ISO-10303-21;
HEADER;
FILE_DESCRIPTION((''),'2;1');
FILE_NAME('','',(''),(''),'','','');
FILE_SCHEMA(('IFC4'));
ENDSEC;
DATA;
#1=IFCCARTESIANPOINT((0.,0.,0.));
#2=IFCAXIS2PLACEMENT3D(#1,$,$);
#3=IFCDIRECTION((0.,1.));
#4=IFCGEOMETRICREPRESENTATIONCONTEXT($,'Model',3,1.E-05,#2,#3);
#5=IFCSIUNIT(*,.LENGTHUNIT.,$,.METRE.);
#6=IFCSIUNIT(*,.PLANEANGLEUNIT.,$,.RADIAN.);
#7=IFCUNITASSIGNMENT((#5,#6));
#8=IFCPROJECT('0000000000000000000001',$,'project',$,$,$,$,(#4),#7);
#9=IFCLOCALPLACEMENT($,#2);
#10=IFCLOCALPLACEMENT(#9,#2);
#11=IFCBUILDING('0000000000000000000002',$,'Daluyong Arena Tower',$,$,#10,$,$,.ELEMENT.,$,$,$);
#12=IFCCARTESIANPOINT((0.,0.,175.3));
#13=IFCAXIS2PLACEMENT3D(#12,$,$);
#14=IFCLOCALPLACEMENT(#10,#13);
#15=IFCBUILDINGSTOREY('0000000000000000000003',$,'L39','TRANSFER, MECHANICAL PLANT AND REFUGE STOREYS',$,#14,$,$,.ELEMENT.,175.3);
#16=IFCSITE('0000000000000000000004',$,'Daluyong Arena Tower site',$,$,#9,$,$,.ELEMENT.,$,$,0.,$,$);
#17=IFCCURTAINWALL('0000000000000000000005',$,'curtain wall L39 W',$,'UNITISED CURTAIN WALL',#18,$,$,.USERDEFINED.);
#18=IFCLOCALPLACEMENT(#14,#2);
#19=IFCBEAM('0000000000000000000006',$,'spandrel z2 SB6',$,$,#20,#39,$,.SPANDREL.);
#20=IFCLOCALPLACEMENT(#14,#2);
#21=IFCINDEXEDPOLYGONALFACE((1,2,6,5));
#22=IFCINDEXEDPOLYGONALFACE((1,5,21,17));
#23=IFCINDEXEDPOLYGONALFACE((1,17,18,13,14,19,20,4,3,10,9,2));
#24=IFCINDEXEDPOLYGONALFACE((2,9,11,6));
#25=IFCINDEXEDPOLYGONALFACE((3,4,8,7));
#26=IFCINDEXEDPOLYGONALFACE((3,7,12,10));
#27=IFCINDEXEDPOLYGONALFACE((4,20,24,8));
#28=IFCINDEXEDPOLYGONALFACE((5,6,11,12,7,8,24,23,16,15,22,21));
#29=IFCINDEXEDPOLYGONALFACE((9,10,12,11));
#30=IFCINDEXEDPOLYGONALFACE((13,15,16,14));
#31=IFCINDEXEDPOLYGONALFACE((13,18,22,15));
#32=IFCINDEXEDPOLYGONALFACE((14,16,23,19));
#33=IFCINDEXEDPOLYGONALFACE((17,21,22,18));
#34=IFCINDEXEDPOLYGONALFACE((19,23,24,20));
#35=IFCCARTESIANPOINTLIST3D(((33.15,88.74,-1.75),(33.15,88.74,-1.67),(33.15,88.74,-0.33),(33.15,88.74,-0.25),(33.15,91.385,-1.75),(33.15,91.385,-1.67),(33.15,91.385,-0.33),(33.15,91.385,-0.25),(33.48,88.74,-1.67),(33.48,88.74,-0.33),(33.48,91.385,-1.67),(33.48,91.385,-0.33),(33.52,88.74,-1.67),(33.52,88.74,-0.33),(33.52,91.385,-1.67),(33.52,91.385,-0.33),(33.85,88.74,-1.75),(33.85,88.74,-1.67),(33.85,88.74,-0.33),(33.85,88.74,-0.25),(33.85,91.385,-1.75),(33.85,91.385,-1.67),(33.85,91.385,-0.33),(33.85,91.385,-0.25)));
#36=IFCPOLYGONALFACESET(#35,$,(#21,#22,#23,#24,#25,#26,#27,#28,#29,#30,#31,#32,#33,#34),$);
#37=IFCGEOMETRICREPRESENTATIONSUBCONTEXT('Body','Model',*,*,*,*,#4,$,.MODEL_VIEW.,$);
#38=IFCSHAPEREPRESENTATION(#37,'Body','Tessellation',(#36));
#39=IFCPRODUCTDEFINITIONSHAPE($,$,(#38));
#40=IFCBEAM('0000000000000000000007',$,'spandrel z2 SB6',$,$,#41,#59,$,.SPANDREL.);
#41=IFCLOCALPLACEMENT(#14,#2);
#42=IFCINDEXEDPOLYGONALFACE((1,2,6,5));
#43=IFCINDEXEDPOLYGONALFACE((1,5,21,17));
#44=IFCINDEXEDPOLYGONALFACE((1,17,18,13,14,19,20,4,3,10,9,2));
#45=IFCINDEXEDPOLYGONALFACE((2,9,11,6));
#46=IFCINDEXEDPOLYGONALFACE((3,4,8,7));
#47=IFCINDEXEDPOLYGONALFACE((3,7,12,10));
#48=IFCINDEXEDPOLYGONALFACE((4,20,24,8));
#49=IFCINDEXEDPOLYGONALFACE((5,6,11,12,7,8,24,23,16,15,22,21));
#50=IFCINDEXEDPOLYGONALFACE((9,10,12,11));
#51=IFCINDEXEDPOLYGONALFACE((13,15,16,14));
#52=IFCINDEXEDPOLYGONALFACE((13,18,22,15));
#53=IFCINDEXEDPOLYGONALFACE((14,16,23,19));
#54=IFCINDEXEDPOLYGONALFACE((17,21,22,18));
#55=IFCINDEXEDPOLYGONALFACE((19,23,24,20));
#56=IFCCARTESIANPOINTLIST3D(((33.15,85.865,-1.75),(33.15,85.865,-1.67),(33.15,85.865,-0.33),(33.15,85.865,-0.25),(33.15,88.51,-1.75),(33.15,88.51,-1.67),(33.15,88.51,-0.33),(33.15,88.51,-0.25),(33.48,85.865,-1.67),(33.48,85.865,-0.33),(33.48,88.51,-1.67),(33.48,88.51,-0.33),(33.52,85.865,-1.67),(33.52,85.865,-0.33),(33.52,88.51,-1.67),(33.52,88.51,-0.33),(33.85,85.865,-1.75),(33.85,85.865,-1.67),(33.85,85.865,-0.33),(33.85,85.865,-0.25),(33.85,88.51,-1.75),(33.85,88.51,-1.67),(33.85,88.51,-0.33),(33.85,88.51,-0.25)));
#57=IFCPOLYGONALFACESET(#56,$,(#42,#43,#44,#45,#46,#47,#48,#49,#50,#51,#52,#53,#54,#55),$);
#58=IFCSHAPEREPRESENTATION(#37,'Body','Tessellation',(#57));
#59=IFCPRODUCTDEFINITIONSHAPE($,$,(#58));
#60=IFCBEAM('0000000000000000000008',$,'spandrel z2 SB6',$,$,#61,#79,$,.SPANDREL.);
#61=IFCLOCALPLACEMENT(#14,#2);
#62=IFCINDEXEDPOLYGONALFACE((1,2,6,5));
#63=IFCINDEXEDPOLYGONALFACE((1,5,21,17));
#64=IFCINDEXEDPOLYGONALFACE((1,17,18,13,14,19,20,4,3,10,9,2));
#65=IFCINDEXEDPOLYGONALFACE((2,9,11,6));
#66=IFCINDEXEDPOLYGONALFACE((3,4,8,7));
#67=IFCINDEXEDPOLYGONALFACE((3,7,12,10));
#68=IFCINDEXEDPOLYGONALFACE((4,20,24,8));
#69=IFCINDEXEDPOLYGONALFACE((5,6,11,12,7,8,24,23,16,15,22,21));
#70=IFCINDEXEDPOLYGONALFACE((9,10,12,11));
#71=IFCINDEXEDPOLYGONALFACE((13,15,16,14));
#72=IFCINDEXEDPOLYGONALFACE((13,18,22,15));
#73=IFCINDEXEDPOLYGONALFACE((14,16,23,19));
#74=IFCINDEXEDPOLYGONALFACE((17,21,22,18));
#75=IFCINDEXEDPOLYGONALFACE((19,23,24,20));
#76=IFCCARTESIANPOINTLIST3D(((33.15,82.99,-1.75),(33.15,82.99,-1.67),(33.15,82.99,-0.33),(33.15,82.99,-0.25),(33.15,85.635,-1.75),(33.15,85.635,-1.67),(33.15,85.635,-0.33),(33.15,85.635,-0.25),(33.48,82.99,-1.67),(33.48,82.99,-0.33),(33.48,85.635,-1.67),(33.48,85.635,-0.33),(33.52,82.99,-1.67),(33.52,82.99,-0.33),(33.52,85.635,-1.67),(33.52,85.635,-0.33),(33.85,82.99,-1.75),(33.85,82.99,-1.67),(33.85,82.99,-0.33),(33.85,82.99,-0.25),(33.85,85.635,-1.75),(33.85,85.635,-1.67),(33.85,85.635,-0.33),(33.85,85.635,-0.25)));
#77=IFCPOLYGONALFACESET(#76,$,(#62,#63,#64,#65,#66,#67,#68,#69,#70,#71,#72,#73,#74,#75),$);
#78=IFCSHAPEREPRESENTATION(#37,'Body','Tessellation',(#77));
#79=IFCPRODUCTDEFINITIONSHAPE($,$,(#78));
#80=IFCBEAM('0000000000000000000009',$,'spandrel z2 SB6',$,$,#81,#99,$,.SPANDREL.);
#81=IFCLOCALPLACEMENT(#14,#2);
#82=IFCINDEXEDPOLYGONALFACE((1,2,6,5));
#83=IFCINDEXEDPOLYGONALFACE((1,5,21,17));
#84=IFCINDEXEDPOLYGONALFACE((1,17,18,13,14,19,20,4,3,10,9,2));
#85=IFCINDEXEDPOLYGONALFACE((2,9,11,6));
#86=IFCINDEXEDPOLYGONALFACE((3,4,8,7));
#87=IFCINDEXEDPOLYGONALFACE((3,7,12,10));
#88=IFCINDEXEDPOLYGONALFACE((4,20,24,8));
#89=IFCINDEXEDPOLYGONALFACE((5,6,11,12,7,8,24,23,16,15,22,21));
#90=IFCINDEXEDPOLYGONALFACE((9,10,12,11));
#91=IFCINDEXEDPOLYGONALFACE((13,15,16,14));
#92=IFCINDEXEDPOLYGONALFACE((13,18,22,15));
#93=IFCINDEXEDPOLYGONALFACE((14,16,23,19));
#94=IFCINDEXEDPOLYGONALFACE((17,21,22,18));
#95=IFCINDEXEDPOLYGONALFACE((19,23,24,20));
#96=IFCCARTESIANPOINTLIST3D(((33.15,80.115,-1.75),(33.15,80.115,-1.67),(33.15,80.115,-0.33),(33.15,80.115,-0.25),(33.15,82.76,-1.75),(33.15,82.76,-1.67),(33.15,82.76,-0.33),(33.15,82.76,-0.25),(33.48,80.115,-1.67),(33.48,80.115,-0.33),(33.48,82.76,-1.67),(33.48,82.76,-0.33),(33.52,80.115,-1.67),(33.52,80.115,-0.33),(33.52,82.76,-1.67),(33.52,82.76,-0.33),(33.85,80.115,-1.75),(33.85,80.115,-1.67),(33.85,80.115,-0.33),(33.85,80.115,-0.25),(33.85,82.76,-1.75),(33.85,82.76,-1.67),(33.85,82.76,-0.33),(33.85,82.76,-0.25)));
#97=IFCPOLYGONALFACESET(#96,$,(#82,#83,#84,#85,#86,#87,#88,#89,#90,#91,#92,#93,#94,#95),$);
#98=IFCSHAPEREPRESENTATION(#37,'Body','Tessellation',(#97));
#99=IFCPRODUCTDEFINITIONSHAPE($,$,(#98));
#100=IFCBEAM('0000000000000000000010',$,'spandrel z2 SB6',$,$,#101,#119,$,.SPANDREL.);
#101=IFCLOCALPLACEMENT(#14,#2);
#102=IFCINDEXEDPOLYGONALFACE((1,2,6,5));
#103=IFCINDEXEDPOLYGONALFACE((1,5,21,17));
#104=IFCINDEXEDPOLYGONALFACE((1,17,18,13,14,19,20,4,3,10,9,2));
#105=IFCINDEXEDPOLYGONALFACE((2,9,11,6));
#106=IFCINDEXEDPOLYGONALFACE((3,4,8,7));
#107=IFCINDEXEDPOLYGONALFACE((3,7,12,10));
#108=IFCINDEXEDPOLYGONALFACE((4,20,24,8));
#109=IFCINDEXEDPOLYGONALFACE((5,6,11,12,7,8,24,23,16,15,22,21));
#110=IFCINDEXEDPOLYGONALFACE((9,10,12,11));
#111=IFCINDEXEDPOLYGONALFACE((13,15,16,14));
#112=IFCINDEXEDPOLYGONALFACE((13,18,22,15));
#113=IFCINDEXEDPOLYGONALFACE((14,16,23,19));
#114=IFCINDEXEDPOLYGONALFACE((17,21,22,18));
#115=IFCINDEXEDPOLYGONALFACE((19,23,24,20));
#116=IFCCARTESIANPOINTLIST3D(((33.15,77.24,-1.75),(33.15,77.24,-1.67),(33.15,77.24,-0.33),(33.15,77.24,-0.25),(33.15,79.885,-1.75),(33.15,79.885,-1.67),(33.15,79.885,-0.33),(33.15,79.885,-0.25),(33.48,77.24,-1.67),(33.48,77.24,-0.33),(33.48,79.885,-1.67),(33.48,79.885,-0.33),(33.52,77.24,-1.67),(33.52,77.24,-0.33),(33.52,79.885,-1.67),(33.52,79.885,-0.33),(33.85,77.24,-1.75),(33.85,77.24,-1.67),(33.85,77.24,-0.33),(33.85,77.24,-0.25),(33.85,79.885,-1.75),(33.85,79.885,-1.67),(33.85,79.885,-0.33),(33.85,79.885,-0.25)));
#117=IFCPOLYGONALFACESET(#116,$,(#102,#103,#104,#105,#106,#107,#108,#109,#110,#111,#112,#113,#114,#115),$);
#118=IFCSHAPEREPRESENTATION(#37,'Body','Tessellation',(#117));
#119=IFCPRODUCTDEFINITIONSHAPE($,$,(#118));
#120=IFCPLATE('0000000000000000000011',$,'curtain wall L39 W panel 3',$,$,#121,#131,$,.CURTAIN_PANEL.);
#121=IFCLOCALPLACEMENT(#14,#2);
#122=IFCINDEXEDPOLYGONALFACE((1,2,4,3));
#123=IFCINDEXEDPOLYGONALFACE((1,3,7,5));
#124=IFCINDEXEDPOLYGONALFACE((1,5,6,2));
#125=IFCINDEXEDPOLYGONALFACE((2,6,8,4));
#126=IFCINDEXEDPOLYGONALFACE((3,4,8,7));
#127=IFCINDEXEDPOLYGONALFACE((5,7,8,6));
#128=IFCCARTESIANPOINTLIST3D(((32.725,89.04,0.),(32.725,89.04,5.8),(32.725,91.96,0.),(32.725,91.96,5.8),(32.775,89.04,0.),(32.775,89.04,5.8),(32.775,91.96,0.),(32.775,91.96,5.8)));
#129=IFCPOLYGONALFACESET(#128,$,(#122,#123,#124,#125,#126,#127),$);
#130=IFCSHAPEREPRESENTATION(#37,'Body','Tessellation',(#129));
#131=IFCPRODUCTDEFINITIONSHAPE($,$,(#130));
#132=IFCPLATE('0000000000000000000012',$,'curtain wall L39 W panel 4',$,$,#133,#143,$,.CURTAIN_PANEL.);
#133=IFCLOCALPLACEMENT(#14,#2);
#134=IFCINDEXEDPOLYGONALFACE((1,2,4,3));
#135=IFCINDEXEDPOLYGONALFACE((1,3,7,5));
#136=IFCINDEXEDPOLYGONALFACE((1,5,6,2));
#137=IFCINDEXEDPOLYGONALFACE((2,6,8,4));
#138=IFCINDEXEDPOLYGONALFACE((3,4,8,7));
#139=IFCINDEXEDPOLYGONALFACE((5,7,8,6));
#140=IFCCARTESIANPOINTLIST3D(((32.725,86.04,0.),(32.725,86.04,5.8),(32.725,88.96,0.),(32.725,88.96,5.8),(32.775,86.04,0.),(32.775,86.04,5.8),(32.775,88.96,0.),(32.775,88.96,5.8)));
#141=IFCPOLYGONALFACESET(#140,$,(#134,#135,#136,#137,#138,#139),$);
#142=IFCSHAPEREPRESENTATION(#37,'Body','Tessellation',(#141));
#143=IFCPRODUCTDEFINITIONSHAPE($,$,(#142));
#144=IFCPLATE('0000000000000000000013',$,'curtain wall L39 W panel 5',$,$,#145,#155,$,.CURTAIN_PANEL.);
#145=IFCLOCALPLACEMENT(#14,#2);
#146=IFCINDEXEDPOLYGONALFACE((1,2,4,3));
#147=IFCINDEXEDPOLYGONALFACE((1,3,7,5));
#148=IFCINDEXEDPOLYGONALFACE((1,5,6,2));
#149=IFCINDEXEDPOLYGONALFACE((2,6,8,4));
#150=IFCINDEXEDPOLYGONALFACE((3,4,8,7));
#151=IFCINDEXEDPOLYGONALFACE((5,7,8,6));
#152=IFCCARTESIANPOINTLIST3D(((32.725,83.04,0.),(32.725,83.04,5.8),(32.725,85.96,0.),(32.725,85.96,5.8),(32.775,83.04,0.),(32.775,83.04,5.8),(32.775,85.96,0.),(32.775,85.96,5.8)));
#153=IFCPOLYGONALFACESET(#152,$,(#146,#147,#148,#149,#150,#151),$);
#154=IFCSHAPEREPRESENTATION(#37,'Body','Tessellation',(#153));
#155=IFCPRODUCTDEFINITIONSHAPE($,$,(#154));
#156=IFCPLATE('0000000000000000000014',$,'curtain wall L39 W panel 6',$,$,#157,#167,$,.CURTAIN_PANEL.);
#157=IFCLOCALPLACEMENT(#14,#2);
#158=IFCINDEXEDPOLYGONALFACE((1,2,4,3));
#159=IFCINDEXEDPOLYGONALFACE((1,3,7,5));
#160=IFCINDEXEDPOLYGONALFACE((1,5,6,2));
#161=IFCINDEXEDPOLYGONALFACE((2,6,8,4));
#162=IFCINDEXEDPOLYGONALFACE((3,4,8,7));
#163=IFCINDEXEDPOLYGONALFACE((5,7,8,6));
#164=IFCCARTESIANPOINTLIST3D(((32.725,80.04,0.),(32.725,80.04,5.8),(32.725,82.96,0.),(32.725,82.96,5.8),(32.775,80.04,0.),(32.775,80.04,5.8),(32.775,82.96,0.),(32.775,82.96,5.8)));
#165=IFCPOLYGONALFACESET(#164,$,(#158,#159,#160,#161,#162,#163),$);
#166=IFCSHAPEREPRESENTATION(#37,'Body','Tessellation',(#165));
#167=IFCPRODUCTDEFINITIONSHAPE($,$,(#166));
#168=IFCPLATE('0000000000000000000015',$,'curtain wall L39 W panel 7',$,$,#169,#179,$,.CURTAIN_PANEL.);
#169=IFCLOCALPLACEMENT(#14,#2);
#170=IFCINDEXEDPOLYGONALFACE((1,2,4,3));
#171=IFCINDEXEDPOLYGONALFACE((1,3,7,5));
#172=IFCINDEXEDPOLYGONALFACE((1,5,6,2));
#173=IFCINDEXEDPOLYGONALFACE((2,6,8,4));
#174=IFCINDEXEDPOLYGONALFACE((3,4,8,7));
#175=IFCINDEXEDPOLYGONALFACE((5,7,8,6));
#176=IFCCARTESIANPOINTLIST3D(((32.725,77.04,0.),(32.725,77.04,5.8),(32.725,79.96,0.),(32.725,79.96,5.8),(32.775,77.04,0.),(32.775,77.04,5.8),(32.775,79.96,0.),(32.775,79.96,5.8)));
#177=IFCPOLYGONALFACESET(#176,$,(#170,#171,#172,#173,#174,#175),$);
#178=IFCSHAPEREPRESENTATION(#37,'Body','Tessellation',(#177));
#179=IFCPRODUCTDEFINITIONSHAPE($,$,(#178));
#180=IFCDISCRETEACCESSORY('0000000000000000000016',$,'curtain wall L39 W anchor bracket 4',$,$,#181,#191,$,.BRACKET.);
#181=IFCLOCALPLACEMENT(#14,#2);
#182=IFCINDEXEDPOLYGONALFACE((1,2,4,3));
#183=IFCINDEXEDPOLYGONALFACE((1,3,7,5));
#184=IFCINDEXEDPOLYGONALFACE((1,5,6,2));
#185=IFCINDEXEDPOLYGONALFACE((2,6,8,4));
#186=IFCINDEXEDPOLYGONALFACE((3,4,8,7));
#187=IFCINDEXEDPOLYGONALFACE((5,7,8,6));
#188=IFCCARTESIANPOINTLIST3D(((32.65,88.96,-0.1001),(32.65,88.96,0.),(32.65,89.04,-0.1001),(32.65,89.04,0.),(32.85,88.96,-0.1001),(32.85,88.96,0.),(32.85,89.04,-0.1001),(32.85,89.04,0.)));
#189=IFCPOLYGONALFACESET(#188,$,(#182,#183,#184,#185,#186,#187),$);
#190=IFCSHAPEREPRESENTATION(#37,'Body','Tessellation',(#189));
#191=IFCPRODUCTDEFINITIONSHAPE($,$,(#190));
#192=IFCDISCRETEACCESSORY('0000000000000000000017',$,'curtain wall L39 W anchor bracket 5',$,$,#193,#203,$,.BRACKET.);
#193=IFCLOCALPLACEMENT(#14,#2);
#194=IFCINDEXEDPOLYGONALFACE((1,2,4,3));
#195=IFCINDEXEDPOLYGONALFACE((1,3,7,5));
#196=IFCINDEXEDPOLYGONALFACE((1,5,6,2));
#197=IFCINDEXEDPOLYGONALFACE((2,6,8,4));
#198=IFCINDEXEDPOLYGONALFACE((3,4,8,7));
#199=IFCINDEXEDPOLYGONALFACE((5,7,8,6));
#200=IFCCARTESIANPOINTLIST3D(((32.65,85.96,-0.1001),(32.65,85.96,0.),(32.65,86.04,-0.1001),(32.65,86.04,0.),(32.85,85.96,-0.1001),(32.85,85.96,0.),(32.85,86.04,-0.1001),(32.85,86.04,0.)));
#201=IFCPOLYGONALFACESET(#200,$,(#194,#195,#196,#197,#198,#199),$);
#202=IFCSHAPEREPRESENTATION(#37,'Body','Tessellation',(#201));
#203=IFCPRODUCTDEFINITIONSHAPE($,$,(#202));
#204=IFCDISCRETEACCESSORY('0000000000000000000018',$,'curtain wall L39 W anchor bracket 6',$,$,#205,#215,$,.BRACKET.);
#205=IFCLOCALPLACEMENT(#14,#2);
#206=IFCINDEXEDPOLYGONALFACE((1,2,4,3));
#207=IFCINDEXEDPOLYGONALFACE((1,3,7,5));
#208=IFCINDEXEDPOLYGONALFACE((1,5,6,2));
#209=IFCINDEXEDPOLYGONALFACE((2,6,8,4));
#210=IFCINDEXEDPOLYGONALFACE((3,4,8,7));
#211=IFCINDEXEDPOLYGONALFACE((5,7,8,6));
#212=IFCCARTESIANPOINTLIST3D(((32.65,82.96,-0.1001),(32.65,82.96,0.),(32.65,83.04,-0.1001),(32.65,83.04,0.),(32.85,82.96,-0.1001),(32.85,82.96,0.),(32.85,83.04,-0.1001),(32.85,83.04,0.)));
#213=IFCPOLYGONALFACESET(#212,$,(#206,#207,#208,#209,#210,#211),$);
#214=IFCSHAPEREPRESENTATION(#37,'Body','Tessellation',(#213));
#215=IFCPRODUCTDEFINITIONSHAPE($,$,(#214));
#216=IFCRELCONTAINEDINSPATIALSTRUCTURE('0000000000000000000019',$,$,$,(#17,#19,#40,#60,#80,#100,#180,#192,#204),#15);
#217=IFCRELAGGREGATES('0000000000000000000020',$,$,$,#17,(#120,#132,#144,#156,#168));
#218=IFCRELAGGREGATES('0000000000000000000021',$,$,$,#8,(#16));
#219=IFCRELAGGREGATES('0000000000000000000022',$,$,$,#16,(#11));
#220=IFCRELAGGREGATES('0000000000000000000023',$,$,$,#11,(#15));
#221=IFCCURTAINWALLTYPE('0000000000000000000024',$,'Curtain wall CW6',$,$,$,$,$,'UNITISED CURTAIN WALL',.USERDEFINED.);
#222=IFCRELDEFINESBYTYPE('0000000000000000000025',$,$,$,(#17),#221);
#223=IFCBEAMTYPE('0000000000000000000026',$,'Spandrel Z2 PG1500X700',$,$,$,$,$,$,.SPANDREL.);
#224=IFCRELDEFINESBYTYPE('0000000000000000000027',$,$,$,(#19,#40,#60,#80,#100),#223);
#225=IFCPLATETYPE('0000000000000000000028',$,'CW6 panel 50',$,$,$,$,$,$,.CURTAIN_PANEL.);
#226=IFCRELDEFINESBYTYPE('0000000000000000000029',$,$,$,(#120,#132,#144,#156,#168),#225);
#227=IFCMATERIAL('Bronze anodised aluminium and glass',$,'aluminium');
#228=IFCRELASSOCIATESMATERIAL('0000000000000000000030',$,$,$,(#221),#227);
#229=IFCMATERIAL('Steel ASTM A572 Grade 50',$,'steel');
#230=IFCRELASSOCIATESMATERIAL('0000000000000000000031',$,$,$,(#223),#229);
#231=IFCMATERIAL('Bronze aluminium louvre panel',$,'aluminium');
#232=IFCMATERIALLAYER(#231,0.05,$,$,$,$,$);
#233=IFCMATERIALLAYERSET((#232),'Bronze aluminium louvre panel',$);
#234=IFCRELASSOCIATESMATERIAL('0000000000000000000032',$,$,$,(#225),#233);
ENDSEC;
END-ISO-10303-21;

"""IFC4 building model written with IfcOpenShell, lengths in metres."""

from ifc_helpers import new_model, si_unit, direction, frame, origin, origin_2d, place, context, subcontext, project, spatial, rectangle, i_section, extrude, material, layer, layer_set, material_profile, profile_set, type_object, element, aggregate, save


model = new_model("IFC4")

# Units and contexts
model_context = context("Model", 3, precision=1e-05, world=origin(), true_north=direction((0.0, 1.0)))
body_context = subcontext(model_context, "Body", "Model", "MODEL_VIEW")
ifc_project = project(units=[si_unit("LENGTHUNIT", "METRE"), si_unit("PLANEANGLEUNIT", "RADIAN")], contexts=[model_context])

# Site, building, storey
site_placement = place(None, origin())
site = spatial("IfcSite", under=ifc_project, at=site_placement, Name="Daluyong Arena Tower site", CompositionType="ELEMENT", RefElevation=0.0)
building_placement = place(site_placement, origin())
building = spatial("IfcBuilding", under=site, at=building_placement, Name="Daluyong Arena Tower", CompositionType="ELEMENT")
storey_placement = place(building_placement, frame((0.0, 0.0, 175.3)))
storey = spatial("IfcBuildingStorey", under=building, at=storey_placement, Name="L39", Description="TRANSFER, MECHANICAL PLANT AND REFUGE STOREYS", CompositionType="ELEMENT", Elevation=175.3)

# Curtain wall
ifc_material_1 = material(Name="Bronze anodised aluminium and glass", Category="aluminium")
curtain_wall_type = type_object("IfcCurtainWallType", Name="Curtain wall CW6", ElementType="UNITISED CURTAIN WALL", PredefinedType="USERDEFINED", material=ifc_material_1)
curtain_wall_placement = place(storey_placement, origin())
curtain_wall = element("IfcCurtainWall", 1, at=curtain_wall_placement, inside=storey, type_object=curtain_wall_type, Name="curtain wall L39 W", ObjectType="UNITISED CURTAIN WALL", PredefinedType="USERDEFINED")

# Beams
ifc_material_2 = material(Name="Steel ASTM A572 Grade 50", Category="steel")
ifc_material_profile_1 = material_profile(ifc_material_2, i_section(OverallWidth=0.7, OverallDepth=1.5, WebThickness=0.04, FlangeThickness=0.08, at=origin_2d()))
ifc_profile_set_1 = profile_set([ifc_material_profile_1], Name="Steel ASTM A572 Grade 50")
beam_type_1 = type_object("IfcBeamType", Name="Spandrel Z2 PG1500X700", PredefinedType="SPANDREL", material=ifc_profile_set_1)
for number, where, z_axis, x_axis, name in (
    (2, (33.5, 91.385, -1.0), (0.0, -1.0, 0.0), (1.0, 0.0, 0.0), "spandrel z2 SB6"),
    (3, (33.5, 88.51, -1.0), (0.0, -1.0, 0.0), (1.0, 0.0, 0.0), "spandrel z2 SB6"),
    (4, (33.5, 85.635, -1.0), (0.0, -1.0, 0.0), (1.0, 0.0, 0.0), "spandrel z2 SB6"),
    (5, (33.5, 82.76, -1.0), (0.0, -1.0, 0.0), (1.0, 0.0, 0.0), "spandrel z2 SB6"),
    (6, (33.5, 79.885, -1.0), (0.0, -1.0, 0.0), (1.0, 0.0, 0.0), "spandrel z2 SB6"),
):
    element("IfcBeam", number, at=place(storey_placement, frame(where, z_axis=z_axis, x_axis=x_axis)), inside=storey, type_object=beam_type_1, Name=name, PredefinedType="SPANDREL", context=body_context, shape_type="SweptSolid", body=[
        extrude(i_section(OverallWidth=0.7, OverallDepth=1.5, WebThickness=0.04, FlangeThickness=0.08, at=origin_2d()), origin(), (0.0, 0.0, 1.0), 2.645),
    ])

# Plates
ifc_material_3 = material(Name="Bronze aluminium louvre panel", Category="aluminium")
ifc_layer = layer(ifc_material_3, 0.05)
ifc_layer_set = layer_set([ifc_layer], Name="Bronze aluminium louvre panel")
plate_type = type_object("IfcPlateType", Name="CW6 panel 50", PredefinedType="CURTAIN_PANEL", material=ifc_layer_set)
plate_1_placement = place(storey_placement, frame((32.75, 90.5, 0.0), z_axis=(0.0, 0.0, 1.0), x_axis=(0.0, -1.0, 0.0)))
plate_1 = element("IfcPlate", 7, at=plate_1_placement, type_object=plate_type, Name="curtain wall L39 W panel 3", PredefinedType="CURTAIN_PANEL", context=body_context, shape_type="SweptSolid", body=[
    extrude(rectangle(XDim=2.9199, YDim=0.05, at=origin_2d()), origin(), (0.0, 0.0, 1.0), 5.8),
])
plate_2_placement = place(storey_placement, frame((32.75, 87.5, 0.0), z_axis=(0.0, 0.0, 1.0), x_axis=(0.0, -1.0, 0.0)))
plate_2 = element("IfcPlate", 8, at=plate_2_placement, type_object=plate_type, Name="curtain wall L39 W panel 4", PredefinedType="CURTAIN_PANEL", context=body_context, shape_type="SweptSolid", body=[
    extrude(rectangle(XDim=2.9199, YDim=0.05, at=origin_2d()), origin(), (0.0, 0.0, 1.0), 5.8),
])
plate_3_placement = place(storey_placement, frame((32.75, 84.5, 0.0), z_axis=(0.0, 0.0, 1.0), x_axis=(0.0, -1.0, 0.0)))
plate_3 = element("IfcPlate", 9, at=plate_3_placement, type_object=plate_type, Name="curtain wall L39 W panel 5", PredefinedType="CURTAIN_PANEL", context=body_context, shape_type="SweptSolid", body=[
    extrude(rectangle(XDim=2.9199, YDim=0.05, at=origin_2d()), origin(), (0.0, 0.0, 1.0), 5.8),
])
plate_4_placement = place(storey_placement, frame((32.75, 81.5, 0.0), z_axis=(0.0, 0.0, 1.0), x_axis=(0.0, -1.0, 0.0)))
plate_4 = element("IfcPlate", 10, at=plate_4_placement, type_object=plate_type, Name="curtain wall L39 W panel 6", PredefinedType="CURTAIN_PANEL", context=body_context, shape_type="SweptSolid", body=[
    extrude(rectangle(XDim=2.9199, YDim=0.05, at=origin_2d()), origin(), (0.0, 0.0, 1.0), 5.8),
])
plate_5_placement = place(storey_placement, frame((32.75, 78.5, 0.0), z_axis=(0.0, 0.0, 1.0), x_axis=(0.0, -1.0, 0.0)))
plate_5 = element("IfcPlate", 11, at=plate_5_placement, type_object=plate_type, Name="curtain wall L39 W panel 7", PredefinedType="CURTAIN_PANEL", context=body_context, shape_type="SweptSolid", body=[
    extrude(rectangle(XDim=2.9199, YDim=0.05, at=origin_2d()), origin(), (0.0, 0.0, 1.0), 5.8),
])
aggregate(curtain_wall, [plate_1, plate_2, plate_3, plate_4, plate_5])

# Discrete accessories
for number, where, z_axis, x_axis, name in (
    (12, (32.75, 89.0, -0.1001), (0.0, 0.0, 1.0), (0.0, -1.0, 0.0), "curtain wall L39 W anchor bracket 4"),
    (13, (32.75, 86.0, -0.1001), (0.0, 0.0, 1.0), (0.0, -1.0, 0.0), "curtain wall L39 W anchor bracket 5"),
    (14, (32.75, 83.0, -0.1001), (0.0, 0.0, 1.0), (0.0, -1.0, 0.0), "curtain wall L39 W anchor bracket 6"),
):
    element("IfcDiscreteAccessory", number, at=place(storey_placement, frame(where, z_axis=z_axis, x_axis=x_axis)), inside=storey, Name=name, PredefinedType="BRACKET", context=body_context, shape_type="SweptSolid", body=[
        extrude(rectangle(XDim=0.0801, YDim=0.2, at=origin_2d()), origin(), (0.0, 0.0, 1.0), 0.1001),
    ])

save(model, "model.ifc")
